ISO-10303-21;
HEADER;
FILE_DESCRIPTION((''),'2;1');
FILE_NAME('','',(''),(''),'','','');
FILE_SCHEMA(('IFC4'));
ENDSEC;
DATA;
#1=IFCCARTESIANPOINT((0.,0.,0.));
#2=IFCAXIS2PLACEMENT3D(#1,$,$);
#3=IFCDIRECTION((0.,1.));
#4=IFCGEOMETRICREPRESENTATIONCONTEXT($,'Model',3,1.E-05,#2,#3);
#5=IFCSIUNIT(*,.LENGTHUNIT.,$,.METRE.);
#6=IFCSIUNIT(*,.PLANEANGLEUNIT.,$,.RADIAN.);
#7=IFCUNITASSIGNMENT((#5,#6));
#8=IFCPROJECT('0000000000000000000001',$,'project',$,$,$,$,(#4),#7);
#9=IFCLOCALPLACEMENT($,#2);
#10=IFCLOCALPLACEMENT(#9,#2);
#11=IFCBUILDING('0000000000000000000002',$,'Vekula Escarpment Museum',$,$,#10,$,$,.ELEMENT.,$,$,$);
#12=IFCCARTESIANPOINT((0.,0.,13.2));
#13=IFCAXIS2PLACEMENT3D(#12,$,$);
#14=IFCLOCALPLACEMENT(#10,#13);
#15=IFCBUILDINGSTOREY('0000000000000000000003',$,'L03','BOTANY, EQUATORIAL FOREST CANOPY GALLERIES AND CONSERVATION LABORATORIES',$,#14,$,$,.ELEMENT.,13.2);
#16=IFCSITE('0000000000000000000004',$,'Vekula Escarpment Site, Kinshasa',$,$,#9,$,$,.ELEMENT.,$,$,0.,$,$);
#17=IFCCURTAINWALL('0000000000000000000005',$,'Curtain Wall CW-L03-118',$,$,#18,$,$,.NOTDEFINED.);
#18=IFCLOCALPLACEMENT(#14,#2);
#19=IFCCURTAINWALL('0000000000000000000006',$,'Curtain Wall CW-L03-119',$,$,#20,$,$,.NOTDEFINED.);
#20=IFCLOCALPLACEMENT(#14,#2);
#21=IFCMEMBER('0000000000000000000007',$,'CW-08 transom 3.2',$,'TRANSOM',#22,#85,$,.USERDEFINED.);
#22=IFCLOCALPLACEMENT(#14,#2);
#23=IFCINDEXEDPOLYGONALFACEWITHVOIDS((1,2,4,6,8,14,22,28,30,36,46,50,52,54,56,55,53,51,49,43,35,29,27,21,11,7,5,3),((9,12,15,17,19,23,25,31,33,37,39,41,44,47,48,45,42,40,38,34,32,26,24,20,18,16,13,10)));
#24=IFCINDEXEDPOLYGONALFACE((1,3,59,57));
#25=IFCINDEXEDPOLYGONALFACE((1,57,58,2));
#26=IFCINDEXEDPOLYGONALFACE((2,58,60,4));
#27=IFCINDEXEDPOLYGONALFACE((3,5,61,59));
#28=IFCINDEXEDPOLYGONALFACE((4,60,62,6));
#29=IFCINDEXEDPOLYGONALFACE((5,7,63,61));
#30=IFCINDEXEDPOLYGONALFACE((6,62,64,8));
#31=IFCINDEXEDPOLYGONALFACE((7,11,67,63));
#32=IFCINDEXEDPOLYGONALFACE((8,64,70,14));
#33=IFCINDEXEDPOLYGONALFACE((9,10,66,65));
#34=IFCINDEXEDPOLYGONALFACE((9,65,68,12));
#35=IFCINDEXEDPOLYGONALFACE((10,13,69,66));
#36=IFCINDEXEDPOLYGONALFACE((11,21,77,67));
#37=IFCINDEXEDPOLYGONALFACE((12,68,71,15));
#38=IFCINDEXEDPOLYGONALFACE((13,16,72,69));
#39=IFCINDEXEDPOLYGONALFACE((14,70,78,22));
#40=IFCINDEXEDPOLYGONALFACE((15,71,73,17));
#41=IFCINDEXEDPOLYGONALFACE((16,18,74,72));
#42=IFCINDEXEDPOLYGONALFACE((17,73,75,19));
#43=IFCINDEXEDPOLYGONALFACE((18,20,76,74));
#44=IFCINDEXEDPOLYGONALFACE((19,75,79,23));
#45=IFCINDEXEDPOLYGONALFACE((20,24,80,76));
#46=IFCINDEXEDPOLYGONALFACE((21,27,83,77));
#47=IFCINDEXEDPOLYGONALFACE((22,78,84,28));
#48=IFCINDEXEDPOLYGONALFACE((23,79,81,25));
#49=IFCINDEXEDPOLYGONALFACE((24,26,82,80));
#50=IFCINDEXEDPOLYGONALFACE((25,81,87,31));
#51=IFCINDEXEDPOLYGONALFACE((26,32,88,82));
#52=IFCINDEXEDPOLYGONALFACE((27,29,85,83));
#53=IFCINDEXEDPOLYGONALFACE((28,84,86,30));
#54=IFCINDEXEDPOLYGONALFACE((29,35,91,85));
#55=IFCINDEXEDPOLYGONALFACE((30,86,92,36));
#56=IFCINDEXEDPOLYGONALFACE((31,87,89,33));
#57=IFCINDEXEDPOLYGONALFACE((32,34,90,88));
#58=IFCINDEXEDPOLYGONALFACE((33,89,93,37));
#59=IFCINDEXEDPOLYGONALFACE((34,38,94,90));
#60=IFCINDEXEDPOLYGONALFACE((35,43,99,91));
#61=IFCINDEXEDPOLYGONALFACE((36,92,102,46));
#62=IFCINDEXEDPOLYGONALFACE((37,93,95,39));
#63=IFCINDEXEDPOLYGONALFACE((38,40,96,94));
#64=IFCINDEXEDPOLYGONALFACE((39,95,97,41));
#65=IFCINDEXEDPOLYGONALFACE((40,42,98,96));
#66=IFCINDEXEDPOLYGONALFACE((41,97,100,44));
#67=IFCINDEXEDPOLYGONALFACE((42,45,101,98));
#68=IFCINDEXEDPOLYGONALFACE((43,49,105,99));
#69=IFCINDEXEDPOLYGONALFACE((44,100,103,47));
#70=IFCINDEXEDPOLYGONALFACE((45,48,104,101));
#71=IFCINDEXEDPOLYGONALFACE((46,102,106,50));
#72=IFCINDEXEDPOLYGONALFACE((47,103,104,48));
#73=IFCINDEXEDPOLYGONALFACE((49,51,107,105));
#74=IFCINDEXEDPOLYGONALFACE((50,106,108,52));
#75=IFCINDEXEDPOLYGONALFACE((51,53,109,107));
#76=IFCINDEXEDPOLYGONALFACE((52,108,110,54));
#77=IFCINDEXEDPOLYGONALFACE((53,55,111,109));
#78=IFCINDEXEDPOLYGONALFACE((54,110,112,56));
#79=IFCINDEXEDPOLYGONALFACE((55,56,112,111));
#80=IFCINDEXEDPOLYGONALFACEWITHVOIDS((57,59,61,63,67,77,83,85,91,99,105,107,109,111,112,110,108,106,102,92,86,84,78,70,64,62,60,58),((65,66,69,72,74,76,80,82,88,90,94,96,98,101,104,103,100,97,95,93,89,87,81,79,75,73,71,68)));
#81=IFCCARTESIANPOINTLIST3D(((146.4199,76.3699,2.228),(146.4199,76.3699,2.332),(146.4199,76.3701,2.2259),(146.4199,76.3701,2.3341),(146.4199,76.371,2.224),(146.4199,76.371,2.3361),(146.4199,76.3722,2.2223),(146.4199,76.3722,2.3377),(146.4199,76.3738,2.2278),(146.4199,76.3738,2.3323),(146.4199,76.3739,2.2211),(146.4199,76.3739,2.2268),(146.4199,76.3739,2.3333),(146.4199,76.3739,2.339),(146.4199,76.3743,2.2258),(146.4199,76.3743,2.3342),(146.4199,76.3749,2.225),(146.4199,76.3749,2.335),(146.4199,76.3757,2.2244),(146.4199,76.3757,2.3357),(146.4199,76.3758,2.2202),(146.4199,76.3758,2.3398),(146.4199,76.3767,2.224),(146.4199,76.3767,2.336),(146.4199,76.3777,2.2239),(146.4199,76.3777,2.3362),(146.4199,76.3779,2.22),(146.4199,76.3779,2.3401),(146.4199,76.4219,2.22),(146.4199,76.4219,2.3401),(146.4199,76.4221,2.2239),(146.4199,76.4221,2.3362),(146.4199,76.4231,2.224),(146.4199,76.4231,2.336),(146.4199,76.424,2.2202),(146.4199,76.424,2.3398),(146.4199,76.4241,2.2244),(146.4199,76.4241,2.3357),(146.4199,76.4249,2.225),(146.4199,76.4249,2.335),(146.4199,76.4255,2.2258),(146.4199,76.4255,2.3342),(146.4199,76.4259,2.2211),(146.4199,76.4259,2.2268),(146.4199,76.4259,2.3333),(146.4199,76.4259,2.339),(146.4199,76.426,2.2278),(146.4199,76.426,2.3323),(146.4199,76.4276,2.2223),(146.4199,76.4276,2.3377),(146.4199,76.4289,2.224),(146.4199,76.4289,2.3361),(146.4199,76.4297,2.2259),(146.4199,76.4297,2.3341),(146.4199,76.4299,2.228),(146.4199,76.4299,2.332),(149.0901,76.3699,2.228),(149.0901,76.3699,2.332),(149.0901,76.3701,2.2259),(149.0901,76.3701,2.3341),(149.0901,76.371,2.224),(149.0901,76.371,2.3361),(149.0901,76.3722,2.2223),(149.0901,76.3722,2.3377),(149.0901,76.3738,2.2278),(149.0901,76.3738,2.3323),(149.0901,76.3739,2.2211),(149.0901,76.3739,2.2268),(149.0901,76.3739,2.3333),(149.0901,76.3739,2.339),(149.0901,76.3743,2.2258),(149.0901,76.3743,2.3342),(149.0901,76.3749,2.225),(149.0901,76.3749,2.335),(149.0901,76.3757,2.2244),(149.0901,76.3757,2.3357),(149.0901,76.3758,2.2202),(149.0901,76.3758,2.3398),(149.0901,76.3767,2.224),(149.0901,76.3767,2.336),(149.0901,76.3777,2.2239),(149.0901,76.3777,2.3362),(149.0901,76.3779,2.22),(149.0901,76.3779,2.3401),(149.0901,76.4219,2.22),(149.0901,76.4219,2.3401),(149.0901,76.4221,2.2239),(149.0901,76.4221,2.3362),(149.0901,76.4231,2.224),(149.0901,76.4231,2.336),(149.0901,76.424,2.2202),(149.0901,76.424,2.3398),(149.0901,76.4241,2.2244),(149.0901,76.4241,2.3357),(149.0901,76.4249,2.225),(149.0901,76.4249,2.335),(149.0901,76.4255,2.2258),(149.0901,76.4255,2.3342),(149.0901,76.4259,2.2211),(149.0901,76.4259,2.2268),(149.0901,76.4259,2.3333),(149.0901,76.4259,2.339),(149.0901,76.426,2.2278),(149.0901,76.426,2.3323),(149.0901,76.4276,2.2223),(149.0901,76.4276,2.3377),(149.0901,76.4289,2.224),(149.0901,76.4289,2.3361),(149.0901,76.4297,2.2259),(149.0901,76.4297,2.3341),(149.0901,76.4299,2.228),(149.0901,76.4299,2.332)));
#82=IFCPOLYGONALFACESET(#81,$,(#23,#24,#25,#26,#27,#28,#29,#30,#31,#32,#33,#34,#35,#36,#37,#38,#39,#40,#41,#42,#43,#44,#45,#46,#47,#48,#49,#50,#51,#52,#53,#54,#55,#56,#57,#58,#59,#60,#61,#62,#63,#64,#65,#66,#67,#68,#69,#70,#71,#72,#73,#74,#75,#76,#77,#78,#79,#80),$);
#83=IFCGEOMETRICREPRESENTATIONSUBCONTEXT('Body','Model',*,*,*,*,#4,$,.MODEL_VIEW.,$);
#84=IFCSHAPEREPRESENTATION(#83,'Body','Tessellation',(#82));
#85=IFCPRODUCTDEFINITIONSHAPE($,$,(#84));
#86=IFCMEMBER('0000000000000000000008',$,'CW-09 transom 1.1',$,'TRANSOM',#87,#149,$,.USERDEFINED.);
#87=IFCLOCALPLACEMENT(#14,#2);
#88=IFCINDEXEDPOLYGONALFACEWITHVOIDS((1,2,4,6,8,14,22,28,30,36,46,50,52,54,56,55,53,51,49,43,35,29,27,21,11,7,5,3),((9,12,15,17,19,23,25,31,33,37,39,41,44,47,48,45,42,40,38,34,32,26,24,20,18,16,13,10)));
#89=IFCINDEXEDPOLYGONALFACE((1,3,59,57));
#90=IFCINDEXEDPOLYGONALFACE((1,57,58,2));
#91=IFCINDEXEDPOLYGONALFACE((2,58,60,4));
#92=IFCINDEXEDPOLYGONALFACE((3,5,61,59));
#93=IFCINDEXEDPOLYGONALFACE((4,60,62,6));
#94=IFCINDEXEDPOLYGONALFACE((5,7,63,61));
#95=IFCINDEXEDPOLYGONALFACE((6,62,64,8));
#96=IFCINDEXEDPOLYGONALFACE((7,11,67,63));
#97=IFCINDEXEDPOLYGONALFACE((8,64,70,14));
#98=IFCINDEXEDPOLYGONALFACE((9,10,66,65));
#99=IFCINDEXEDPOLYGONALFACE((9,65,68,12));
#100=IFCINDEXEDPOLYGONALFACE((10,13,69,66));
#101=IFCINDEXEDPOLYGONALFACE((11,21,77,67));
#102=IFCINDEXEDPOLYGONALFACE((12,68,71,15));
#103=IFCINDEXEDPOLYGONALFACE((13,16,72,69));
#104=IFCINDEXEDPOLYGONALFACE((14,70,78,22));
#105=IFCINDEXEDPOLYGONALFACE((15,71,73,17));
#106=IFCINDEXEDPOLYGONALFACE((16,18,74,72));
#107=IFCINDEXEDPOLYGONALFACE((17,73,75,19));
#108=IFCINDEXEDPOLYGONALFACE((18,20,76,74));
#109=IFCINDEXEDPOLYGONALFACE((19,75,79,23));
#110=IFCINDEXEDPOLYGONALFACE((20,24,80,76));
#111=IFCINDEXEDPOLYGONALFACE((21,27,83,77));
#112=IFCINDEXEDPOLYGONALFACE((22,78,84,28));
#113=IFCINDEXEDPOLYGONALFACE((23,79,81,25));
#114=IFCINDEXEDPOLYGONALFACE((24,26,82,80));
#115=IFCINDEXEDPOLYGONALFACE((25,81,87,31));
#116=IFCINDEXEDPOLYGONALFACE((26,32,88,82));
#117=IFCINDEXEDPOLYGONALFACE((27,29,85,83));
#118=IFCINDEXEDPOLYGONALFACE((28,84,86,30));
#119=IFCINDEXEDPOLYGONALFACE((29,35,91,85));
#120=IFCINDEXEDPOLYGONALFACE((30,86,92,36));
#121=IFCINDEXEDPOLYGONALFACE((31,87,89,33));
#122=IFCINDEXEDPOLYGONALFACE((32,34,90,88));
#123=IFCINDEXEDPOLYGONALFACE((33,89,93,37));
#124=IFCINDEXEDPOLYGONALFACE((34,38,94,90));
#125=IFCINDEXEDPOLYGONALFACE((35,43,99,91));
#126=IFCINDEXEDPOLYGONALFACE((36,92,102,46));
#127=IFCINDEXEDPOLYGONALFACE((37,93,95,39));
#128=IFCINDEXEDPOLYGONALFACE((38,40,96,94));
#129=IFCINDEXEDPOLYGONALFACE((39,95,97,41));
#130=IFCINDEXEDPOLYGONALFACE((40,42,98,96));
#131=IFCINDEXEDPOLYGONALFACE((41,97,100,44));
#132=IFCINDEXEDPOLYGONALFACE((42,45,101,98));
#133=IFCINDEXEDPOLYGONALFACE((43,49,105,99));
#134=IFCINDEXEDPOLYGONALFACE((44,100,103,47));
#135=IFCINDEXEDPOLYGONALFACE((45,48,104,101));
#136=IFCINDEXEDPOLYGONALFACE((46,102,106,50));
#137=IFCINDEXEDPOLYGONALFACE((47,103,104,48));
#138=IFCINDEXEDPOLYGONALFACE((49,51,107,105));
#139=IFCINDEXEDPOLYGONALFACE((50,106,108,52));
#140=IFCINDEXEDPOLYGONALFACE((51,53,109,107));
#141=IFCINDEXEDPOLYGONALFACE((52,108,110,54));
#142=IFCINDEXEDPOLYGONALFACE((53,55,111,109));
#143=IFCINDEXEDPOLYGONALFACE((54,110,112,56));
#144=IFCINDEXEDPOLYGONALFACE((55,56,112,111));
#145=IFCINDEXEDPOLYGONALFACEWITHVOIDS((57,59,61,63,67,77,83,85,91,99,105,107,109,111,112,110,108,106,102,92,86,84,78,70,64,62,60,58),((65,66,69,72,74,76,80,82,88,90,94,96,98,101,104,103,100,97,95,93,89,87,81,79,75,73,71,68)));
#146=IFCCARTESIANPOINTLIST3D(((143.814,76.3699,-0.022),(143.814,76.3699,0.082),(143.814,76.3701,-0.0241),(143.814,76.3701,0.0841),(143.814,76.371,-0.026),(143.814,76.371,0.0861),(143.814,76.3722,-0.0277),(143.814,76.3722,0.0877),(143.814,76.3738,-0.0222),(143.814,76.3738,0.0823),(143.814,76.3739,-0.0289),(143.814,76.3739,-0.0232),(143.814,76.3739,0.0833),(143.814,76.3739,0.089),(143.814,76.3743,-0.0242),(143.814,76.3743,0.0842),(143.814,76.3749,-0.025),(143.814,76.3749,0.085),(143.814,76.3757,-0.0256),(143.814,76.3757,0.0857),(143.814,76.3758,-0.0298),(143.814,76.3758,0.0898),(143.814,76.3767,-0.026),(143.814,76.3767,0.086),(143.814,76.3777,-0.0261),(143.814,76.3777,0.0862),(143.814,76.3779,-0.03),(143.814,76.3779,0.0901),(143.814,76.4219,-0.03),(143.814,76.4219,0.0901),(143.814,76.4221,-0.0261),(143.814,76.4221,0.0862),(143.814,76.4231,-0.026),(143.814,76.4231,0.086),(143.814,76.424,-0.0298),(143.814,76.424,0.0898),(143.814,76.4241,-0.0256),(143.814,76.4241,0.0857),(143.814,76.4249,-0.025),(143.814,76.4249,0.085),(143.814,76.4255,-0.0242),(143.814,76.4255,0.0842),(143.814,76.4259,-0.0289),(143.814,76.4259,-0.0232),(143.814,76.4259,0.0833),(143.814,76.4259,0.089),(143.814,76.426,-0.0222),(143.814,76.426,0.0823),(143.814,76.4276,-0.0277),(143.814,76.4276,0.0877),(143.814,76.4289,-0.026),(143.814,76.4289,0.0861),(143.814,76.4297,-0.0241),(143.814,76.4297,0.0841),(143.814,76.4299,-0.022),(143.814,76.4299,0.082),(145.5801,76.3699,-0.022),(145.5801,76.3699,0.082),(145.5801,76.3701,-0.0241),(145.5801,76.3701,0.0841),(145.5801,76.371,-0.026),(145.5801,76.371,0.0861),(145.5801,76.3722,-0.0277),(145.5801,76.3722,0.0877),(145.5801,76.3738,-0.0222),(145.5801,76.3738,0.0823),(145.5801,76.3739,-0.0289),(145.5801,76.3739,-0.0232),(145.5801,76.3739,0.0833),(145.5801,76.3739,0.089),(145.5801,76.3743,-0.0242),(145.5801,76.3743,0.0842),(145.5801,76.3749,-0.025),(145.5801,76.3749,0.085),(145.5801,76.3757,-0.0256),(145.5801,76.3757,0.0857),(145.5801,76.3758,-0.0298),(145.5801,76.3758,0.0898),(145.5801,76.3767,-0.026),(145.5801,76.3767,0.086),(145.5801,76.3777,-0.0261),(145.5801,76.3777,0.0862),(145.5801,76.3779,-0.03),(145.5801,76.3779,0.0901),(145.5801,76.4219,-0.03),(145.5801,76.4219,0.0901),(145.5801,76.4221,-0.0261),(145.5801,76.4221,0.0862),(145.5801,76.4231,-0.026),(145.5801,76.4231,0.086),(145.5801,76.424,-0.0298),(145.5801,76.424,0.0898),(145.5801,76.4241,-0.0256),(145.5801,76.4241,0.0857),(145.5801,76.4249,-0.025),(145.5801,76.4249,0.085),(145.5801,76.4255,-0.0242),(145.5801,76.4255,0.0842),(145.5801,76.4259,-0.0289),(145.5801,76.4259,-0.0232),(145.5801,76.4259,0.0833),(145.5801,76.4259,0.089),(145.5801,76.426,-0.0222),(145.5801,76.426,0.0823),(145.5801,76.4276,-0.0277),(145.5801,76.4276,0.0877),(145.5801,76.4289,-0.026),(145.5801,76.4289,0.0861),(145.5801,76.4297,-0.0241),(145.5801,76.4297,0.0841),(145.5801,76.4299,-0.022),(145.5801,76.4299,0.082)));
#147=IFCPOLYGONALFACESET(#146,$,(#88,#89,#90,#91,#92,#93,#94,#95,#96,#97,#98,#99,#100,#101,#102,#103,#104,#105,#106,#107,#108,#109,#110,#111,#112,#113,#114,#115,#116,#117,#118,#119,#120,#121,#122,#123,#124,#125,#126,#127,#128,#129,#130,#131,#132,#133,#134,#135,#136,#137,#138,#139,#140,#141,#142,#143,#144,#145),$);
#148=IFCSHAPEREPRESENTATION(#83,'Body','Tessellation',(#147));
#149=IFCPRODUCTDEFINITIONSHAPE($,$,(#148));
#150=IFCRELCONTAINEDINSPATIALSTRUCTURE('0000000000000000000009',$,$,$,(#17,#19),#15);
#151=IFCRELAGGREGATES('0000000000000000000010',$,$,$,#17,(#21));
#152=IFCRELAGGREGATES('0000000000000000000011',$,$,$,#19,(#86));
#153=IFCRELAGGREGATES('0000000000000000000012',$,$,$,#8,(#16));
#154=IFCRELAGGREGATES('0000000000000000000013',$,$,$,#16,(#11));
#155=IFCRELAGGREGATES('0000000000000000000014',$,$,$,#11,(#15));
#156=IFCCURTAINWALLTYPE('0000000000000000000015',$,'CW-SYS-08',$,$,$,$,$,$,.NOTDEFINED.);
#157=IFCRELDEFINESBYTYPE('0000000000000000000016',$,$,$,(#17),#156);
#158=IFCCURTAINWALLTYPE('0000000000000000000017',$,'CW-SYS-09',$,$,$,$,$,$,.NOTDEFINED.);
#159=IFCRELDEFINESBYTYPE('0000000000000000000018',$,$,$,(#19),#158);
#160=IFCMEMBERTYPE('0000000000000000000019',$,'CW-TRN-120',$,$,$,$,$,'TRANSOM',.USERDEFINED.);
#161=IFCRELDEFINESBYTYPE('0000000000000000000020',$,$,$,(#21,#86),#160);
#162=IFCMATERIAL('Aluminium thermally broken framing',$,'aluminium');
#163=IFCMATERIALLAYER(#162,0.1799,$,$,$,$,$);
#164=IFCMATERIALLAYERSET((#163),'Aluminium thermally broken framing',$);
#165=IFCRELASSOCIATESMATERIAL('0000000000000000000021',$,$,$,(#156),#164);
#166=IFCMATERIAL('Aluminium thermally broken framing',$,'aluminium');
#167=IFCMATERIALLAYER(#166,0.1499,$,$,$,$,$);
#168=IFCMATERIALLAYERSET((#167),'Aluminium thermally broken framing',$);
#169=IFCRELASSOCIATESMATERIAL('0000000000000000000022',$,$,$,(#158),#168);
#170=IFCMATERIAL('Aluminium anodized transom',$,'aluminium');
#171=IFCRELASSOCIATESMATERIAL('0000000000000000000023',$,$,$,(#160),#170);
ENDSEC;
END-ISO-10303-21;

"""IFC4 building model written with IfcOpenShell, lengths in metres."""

from ifc_helpers import new_model, si_unit, direction, frame, origin, origin_2d, place, context, subcontext, project, spatial, hollow_rectangle, extrude, material, layer, layer_set, material_profile, profile_set, type_object, element, aggregate, save


model = new_model("IFC4")

# Units and contexts
model_context = context("Model", 3, precision=1e-05, world=origin(), true_north=direction((0.0, 1.0)))
body_context = subcontext(model_context, "Body", "Model", "MODEL_VIEW")
ifc_project = project(units=[si_unit("LENGTHUNIT", "METRE"), si_unit("PLANEANGLEUNIT", "RADIAN")], contexts=[model_context])

# Site, building, storey
site_placement = place(None, origin())
site = spatial("IfcSite", under=ifc_project, at=site_placement, Name="Vekula Escarpment Site, Kinshasa", CompositionType="ELEMENT", RefElevation=0.0)
building_placement = place(site_placement, origin())
building = spatial("IfcBuilding", under=site, at=building_placement, Name="Vekula Escarpment Museum", CompositionType="ELEMENT")
storey_placement = place(building_placement, frame((0.0, 0.0, 13.2)))
storey = spatial("IfcBuildingStorey", under=building, at=storey_placement, Name="L03", Description="BOTANY, EQUATORIAL FOREST CANOPY GALLERIES AND CONSERVATION LABORATORIES", CompositionType="ELEMENT", Elevation=13.2)

# Curtain wall
ifc_material_1 = material(Name="Aluminium thermally broken framing", Category="aluminium")
ifc_layer_1 = layer(ifc_material_1, 0.1799)
ifc_layer_set_1 = layer_set([ifc_layer_1], Name="Aluminium thermally broken framing")
curtain_wall_type_1 = type_object("IfcCurtainWallType", Name="CW-SYS-08", PredefinedType="NOTDEFINED", material=ifc_layer_set_1)
curtain_wall_1_placement = place(storey_placement, origin())
curtain_wall_1 = element("IfcCurtainWall", 1, at=curtain_wall_1_placement, inside=storey, type_object=curtain_wall_type_1, Name="Curtain Wall CW-L03-118", PredefinedType="NOTDEFINED")

# Curtain wall
ifc_material_2 = material(Name="Aluminium thermally broken framing", Category="aluminium")
ifc_layer_2 = layer(ifc_material_2, 0.1499)
ifc_layer_set_2 = layer_set([ifc_layer_2], Name="Aluminium thermally broken framing")
curtain_wall_type_2 = type_object("IfcCurtainWallType", Name="CW-SYS-09", PredefinedType="NOTDEFINED", material=ifc_layer_set_2)
curtain_wall_2_placement = place(storey_placement, origin())
curtain_wall_2 = element("IfcCurtainWall", 2, at=curtain_wall_2_placement, inside=storey, type_object=curtain_wall_type_2, Name="Curtain Wall CW-L03-119", PredefinedType="NOTDEFINED")

# Members
ifc_material_3 = material(Name="Aluminium anodized transom", Category="aluminium")
ifc_material_profile_1 = material_profile(ifc_material_3, hollow_rectangle(XDim=0.0601, YDim=0.1201, WallThickness=0.0039, InnerFilletRadius=0.0039, OuterFilletRadius=0.0081, at=origin_2d()), Name="ALU 120x60x4")
ifc_profile_set_1 = profile_set([ifc_material_profile_1], Name="Aluminium anodized transom")
member_type_1 = type_object("IfcMemberType", Name="CW-TRN-120", ElementType="TRANSOM", PredefinedType="USERDEFINED", material=ifc_profile_set_1)
member_1_placement = place(storey_placement, frame((149.0901, 76.3999, 2.28), z_axis=(-1.0, 0.0, 0.0), x_axis=(0.0, -1.0, 0.0)))
member_1 = element("IfcMember", 3, at=member_1_placement, type_object=member_type_1, Name="CW-08 transom 3.2", ObjectType="TRANSOM", PredefinedType="USERDEFINED", context=body_context, shape_type="SweptSolid", body=[
    extrude(hollow_rectangle(XDim=0.0601, YDim=0.1201, WallThickness=0.0039, InnerFilletRadius=0.0039, OuterFilletRadius=0.0081, at=origin_2d()), origin(), (0.0, 0.0, 1.0), 2.6702),
])
member_2_placement = place(storey_placement, frame((145.5801, 76.3999, 0.03), z_axis=(-1.0, 0.0, 0.0), x_axis=(0.0, -1.0, 0.0)))
member_2 = element("IfcMember", 4, at=member_2_placement, type_object=member_type_1, Name="CW-09 transom 1.1", ObjectType="TRANSOM", PredefinedType="USERDEFINED", context=body_context, shape_type="SweptSolid", body=[
    extrude(hollow_rectangle(XDim=0.0601, YDim=0.1201, WallThickness=0.0039, InnerFilletRadius=0.0039, OuterFilletRadius=0.0081, at=origin_2d()), origin(), (0.0, 0.0, 1.0), 1.7661),
])

aggregate(curtain_wall_1, [member_1])
aggregate(curtain_wall_2, [member_2])

save(model, "model.ifc")
